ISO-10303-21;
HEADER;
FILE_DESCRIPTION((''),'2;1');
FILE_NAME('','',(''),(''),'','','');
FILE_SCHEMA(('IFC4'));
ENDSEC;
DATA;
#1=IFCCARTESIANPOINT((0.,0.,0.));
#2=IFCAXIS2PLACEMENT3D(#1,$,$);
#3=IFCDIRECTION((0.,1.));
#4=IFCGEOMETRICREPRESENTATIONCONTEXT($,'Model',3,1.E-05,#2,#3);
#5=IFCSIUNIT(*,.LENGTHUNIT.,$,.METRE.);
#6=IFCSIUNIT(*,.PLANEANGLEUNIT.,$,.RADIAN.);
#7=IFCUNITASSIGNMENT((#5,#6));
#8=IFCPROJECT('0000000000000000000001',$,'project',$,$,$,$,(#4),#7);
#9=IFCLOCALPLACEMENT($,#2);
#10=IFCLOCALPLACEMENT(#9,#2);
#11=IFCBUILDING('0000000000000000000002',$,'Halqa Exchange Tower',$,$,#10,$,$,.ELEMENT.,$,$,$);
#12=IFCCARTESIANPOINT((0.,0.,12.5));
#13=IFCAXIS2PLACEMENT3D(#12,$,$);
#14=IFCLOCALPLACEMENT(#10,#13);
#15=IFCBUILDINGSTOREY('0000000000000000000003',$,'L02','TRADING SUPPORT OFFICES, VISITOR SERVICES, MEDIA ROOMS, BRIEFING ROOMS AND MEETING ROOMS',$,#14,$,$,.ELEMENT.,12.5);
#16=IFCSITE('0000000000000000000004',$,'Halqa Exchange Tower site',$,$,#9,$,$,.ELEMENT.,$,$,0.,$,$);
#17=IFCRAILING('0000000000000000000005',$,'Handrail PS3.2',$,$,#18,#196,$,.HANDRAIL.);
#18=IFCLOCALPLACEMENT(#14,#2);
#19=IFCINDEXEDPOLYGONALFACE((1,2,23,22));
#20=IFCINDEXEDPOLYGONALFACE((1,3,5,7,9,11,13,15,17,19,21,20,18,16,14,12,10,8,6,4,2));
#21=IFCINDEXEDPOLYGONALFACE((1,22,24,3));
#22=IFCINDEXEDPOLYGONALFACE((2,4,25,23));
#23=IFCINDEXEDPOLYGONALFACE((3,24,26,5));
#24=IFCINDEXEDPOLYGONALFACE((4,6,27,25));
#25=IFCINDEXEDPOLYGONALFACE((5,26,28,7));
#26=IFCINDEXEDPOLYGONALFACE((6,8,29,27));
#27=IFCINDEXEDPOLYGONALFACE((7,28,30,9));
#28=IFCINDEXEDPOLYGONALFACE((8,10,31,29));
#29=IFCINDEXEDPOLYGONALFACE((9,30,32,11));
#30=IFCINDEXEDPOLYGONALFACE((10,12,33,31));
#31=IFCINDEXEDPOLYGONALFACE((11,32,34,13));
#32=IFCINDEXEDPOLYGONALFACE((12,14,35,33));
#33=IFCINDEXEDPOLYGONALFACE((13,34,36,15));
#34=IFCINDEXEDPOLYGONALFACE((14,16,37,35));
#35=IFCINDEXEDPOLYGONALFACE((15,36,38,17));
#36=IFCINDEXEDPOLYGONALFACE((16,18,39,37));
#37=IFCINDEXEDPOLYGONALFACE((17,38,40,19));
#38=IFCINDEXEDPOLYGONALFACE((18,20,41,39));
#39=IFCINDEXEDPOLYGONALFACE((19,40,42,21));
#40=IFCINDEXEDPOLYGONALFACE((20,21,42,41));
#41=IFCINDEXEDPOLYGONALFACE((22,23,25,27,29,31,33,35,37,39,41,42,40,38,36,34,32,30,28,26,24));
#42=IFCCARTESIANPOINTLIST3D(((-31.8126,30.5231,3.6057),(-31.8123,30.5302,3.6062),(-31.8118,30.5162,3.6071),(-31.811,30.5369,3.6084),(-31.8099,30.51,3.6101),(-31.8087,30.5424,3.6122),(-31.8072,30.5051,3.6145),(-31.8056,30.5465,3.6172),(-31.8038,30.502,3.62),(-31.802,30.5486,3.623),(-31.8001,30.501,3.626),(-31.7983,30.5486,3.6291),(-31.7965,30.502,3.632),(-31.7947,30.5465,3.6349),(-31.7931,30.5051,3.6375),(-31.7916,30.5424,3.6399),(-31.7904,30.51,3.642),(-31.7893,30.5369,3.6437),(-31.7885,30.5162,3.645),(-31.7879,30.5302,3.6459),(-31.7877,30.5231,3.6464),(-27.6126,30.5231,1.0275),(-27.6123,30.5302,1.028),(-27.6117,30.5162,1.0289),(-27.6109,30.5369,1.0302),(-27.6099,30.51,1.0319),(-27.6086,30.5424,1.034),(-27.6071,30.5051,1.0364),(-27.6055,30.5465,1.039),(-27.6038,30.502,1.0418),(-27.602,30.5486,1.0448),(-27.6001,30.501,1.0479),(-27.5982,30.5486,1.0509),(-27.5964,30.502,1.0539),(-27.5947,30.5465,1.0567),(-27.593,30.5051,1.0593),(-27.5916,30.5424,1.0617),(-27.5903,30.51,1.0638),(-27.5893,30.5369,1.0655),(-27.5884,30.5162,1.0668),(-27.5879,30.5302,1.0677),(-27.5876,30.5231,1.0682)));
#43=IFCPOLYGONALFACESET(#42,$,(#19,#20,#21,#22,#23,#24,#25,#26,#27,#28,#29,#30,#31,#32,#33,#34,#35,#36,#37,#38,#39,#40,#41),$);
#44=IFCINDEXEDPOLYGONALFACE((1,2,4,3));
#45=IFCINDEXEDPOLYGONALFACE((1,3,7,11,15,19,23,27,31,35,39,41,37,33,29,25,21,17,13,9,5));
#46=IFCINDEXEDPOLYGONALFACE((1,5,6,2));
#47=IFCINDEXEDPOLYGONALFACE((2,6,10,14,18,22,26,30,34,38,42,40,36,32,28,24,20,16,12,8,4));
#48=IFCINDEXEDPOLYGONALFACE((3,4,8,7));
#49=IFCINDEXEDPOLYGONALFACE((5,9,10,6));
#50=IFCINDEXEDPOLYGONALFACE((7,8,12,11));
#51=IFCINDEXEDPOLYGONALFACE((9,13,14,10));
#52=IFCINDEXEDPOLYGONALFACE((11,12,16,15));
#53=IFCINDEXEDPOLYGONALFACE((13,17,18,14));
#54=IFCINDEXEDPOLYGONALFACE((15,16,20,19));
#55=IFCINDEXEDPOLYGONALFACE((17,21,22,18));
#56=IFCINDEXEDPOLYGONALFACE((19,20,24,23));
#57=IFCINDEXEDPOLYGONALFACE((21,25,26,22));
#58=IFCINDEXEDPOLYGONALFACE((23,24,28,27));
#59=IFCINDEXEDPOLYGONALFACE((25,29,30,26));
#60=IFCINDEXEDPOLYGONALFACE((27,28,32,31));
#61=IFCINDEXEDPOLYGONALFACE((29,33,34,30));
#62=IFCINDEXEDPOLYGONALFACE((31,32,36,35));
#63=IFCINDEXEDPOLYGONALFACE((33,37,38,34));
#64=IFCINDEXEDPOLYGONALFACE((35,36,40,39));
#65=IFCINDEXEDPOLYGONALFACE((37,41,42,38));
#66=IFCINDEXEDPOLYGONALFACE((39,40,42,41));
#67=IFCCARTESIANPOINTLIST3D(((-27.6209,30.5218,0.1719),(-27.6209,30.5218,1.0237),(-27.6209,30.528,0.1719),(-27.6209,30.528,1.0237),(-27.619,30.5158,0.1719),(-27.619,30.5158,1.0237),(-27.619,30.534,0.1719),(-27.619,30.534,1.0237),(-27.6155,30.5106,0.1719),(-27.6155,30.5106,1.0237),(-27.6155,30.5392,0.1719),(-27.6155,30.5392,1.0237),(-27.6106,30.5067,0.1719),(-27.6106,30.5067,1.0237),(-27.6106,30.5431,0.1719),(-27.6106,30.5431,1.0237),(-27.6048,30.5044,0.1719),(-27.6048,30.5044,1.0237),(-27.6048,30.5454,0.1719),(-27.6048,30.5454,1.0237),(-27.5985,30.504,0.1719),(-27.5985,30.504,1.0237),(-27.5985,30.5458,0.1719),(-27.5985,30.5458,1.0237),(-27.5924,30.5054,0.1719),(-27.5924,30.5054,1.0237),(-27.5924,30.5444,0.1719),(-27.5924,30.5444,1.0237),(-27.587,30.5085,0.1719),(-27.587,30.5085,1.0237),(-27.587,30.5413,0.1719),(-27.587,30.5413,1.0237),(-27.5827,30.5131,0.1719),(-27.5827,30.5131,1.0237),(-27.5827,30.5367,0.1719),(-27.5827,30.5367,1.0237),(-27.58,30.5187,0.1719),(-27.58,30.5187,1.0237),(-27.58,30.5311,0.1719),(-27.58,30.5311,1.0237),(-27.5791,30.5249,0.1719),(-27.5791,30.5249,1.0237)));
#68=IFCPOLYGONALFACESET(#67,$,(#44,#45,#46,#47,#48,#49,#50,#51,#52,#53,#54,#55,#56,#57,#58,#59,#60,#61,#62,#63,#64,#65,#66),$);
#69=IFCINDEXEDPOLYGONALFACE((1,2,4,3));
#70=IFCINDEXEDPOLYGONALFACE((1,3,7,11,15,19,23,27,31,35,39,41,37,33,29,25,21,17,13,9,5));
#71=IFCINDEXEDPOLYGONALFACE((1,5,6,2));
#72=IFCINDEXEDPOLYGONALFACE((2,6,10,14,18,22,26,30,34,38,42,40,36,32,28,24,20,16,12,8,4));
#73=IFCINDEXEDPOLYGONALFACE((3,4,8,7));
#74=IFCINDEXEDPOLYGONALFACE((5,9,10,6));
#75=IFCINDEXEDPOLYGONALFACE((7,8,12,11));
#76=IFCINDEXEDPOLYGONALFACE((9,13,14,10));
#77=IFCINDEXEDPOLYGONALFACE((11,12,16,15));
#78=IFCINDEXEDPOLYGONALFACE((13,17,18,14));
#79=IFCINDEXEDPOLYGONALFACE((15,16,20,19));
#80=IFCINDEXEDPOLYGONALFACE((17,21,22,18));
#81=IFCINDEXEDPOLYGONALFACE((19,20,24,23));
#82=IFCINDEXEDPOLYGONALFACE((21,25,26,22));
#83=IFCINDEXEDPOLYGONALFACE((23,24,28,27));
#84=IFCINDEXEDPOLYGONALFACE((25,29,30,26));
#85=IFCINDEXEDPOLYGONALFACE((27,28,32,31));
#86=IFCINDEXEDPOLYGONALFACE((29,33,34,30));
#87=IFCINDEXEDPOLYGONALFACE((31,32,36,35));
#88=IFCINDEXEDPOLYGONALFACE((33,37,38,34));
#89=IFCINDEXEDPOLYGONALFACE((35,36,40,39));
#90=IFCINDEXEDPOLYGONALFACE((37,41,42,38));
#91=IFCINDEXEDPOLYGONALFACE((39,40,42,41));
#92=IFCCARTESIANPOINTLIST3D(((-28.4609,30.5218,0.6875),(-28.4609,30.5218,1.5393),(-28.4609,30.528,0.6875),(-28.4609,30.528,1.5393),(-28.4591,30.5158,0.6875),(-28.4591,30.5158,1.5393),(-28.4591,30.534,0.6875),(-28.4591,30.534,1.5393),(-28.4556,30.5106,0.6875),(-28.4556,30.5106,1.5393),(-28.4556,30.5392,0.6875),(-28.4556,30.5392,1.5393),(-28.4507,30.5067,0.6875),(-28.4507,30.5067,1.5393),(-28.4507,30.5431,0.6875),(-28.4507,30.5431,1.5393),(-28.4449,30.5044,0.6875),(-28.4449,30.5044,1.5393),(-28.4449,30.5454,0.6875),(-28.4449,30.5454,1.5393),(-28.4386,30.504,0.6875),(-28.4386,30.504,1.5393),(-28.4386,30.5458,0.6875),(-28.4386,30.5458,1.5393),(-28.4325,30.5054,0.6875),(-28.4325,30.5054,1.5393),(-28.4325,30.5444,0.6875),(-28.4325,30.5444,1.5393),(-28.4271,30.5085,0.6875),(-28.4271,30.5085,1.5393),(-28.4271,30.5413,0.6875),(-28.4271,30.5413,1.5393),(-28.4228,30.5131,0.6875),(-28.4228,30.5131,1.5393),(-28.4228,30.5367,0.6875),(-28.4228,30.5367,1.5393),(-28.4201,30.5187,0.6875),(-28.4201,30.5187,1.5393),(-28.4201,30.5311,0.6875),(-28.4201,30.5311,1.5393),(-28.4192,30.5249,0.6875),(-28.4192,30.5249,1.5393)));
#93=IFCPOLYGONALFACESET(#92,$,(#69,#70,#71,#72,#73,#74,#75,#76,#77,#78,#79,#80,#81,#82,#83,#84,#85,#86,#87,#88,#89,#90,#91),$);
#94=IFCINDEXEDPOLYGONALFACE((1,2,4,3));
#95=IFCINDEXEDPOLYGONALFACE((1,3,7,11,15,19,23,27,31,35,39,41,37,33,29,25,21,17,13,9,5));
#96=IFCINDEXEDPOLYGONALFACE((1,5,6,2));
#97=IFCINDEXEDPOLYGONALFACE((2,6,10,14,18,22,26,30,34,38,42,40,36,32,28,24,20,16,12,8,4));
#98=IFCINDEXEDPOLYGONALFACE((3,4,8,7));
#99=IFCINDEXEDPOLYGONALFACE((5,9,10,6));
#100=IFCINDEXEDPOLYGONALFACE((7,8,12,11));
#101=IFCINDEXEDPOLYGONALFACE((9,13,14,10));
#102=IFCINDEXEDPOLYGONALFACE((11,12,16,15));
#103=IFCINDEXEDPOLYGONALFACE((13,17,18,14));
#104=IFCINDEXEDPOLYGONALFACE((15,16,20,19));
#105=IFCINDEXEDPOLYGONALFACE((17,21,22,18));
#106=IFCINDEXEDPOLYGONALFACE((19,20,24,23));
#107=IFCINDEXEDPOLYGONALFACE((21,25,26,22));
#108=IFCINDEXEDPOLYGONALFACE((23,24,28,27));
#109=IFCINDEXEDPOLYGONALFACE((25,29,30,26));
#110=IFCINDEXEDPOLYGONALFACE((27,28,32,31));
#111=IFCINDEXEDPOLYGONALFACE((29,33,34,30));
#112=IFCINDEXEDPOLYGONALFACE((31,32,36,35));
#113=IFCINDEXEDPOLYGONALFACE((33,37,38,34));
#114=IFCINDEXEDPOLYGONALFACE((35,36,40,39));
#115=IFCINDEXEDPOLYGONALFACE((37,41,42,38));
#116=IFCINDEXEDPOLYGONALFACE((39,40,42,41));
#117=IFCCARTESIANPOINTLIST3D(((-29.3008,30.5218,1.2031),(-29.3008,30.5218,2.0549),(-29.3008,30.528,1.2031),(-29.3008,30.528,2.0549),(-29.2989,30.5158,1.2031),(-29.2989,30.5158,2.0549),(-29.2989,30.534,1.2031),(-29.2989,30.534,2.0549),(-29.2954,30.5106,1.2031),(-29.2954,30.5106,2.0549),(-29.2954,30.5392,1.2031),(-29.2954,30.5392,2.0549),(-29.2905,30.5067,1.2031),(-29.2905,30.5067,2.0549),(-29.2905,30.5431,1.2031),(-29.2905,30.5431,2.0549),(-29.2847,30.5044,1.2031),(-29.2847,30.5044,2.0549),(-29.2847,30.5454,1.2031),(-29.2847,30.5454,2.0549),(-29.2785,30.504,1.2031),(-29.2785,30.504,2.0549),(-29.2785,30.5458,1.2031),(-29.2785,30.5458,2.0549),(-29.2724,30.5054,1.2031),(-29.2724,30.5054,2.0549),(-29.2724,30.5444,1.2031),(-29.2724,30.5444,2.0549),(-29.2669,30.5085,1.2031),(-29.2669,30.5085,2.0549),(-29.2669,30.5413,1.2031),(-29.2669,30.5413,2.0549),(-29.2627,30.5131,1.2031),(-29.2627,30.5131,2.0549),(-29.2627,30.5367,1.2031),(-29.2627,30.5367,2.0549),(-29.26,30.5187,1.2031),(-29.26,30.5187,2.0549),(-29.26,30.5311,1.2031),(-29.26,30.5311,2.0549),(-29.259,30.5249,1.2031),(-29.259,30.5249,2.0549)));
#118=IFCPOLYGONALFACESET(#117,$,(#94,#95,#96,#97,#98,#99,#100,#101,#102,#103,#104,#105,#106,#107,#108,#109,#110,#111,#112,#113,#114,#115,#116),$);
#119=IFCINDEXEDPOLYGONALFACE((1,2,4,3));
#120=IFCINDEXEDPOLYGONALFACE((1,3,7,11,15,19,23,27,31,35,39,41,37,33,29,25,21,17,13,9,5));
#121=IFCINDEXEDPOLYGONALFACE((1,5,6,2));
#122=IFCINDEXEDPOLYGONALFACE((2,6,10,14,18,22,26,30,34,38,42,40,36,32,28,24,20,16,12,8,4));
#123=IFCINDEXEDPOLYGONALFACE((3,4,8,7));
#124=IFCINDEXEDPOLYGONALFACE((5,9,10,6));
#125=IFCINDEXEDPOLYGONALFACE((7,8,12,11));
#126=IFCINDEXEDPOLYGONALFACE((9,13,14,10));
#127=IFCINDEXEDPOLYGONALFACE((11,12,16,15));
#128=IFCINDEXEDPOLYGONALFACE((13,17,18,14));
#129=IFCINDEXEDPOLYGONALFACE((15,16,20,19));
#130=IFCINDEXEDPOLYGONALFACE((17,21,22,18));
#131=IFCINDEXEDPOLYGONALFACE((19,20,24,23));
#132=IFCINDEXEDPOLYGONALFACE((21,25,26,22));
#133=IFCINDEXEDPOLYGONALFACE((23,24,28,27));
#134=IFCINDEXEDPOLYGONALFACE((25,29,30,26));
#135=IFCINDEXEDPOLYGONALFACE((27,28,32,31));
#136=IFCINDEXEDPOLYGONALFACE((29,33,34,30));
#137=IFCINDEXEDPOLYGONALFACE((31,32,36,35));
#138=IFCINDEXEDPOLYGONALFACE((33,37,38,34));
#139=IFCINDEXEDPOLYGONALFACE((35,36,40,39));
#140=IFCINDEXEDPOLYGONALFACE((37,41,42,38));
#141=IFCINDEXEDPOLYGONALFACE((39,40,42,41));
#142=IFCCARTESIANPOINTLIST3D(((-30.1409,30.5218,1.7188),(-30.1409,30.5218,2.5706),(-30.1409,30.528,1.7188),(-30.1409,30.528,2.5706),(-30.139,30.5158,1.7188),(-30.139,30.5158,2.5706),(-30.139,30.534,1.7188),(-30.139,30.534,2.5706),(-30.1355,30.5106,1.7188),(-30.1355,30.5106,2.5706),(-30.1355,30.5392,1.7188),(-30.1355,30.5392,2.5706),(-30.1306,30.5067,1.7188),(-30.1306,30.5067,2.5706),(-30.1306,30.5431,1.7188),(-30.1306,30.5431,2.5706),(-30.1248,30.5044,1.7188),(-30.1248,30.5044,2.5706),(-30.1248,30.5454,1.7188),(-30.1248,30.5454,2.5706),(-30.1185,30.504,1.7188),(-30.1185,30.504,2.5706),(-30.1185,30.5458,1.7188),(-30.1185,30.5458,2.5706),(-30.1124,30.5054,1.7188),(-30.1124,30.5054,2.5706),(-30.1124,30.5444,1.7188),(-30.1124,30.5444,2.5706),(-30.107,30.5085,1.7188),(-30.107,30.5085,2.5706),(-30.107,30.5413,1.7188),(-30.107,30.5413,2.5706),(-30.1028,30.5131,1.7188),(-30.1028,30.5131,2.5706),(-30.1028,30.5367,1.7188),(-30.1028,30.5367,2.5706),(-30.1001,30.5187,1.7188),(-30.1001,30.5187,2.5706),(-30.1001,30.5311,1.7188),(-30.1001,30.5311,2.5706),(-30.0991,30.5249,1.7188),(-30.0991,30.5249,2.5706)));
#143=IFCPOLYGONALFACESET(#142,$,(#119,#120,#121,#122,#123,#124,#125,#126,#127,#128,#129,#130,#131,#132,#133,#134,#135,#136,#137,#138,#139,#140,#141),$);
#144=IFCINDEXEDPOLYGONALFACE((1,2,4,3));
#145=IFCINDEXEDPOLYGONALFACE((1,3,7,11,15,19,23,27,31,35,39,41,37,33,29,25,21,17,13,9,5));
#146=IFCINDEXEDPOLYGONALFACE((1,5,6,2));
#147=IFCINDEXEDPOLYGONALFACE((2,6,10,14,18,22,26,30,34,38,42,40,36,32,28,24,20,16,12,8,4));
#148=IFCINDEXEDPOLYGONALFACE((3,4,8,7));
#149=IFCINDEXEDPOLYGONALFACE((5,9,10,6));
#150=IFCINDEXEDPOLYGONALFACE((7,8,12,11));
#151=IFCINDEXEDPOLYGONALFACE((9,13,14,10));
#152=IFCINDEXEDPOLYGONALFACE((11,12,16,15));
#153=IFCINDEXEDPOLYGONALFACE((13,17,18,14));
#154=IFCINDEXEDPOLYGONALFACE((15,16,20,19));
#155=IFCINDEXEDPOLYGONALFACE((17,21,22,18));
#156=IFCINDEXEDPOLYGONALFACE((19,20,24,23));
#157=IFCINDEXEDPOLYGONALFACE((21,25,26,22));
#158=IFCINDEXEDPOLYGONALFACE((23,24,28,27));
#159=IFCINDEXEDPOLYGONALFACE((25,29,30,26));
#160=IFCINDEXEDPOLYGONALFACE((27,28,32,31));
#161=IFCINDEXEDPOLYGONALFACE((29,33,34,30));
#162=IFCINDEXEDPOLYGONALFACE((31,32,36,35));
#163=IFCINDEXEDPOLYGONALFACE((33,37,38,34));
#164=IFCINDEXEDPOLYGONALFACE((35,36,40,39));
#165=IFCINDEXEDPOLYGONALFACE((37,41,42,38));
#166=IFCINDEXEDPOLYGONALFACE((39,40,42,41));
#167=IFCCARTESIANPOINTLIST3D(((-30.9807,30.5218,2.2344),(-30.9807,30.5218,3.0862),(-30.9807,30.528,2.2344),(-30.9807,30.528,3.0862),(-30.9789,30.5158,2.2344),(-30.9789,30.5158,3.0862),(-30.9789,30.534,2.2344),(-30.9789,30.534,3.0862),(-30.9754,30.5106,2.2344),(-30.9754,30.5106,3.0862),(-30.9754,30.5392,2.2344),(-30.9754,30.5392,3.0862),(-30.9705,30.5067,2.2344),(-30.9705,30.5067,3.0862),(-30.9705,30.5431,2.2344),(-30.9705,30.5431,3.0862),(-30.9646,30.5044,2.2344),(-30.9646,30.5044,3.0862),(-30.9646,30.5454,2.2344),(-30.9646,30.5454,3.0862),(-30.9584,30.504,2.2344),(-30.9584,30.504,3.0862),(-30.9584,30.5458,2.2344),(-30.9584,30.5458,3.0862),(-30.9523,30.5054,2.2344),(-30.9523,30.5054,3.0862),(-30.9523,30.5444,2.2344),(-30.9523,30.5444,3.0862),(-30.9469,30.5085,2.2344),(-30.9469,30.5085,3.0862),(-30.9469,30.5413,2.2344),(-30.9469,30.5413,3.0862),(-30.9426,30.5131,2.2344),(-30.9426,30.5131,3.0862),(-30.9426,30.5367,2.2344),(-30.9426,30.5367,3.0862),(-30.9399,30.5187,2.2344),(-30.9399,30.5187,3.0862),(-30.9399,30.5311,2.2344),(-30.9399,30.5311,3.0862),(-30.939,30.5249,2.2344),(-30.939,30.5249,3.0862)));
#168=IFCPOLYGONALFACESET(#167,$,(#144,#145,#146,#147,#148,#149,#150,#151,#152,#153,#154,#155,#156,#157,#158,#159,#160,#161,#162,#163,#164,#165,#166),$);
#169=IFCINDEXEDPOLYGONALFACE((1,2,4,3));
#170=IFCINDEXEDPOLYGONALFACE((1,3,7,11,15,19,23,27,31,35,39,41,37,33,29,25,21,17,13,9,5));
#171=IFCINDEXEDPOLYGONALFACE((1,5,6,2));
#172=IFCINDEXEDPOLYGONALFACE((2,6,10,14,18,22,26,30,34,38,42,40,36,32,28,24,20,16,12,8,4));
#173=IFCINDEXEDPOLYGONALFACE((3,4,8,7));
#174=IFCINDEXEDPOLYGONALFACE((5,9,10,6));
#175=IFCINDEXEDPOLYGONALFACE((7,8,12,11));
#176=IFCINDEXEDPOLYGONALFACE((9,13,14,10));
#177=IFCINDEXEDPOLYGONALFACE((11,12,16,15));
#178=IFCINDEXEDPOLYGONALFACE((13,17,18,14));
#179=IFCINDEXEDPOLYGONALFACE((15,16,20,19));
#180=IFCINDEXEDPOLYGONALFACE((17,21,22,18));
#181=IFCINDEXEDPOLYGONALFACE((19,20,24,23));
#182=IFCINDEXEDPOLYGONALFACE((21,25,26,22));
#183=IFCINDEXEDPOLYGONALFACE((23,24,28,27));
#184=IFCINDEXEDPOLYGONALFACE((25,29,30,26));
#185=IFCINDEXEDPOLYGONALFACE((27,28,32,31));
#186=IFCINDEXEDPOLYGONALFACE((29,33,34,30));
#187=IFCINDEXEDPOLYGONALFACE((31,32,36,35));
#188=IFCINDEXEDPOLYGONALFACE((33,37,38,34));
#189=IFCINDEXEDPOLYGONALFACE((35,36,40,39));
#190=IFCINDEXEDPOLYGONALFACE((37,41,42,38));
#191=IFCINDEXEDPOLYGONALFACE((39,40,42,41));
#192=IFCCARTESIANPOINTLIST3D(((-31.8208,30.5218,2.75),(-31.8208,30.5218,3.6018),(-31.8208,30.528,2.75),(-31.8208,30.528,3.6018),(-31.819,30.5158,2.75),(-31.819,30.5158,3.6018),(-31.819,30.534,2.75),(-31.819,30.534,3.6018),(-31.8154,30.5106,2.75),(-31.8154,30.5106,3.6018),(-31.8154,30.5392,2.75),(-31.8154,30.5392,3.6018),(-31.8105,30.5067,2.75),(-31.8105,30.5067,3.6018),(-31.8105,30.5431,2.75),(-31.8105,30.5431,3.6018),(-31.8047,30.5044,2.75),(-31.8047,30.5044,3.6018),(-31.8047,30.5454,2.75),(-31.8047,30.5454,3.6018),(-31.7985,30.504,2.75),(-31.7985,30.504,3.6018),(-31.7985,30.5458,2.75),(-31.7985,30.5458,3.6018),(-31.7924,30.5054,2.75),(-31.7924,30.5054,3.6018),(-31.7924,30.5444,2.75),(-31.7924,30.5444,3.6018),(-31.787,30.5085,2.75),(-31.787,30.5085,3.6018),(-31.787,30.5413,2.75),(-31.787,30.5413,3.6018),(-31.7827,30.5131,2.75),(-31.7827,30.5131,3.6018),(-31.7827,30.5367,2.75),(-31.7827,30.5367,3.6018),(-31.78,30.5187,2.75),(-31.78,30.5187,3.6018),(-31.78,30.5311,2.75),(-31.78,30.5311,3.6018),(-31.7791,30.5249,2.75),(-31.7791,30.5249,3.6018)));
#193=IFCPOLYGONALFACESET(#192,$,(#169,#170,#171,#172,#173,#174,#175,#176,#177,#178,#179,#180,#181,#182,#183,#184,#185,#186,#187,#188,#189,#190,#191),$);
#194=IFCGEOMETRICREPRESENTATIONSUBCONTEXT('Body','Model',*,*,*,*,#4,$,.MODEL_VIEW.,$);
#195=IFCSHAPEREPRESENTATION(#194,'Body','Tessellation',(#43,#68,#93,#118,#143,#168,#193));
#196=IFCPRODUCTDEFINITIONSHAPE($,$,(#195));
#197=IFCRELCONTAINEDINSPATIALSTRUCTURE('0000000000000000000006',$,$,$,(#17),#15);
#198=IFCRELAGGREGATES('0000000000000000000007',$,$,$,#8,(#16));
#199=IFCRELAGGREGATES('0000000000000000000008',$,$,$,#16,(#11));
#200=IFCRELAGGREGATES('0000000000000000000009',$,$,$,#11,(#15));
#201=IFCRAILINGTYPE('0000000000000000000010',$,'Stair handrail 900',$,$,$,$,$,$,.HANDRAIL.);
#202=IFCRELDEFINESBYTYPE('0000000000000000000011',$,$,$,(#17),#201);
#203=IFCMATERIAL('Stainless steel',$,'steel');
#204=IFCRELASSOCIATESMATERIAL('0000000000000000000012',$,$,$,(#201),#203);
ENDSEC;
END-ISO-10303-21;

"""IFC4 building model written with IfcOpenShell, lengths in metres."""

from ifc_helpers import new_model, si_unit, direction, frame, origin, origin_2d, place, context, subcontext, project, spatial, circle, extrude, material, type_object, element, save


model = new_model("IFC4")

# Units and contexts
model_context = context("Model", 3, precision=1e-05, world=origin(), true_north=direction((0.0, 1.0)))
body_context = subcontext(model_context, "Body", "Model", "MODEL_VIEW")
ifc_project = project(units=[si_unit("LENGTHUNIT", "METRE"), si_unit("PLANEANGLEUNIT", "RADIAN")], contexts=[model_context])

# Site, building, storey
site_placement = place(None, origin())
site = spatial("IfcSite", under=ifc_project, at=site_placement, Name="Halqa Exchange Tower site", CompositionType="ELEMENT", RefElevation=0.0)
building_placement = place(site_placement, origin())
building = spatial("IfcBuilding", under=site, at=building_placement, Name="Halqa Exchange Tower", CompositionType="ELEMENT")
storey_placement = place(building_placement, frame((0.0, 0.0, 12.5)))
storey = spatial("IfcBuildingStorey", under=building, at=storey_placement, Name="L02", Description="TRADING SUPPORT OFFICES, VISITOR SERVICES, MEDIA ROOMS, BRIEFING ROOMS AND MEETING ROOMS", CompositionType="ELEMENT", Elevation=12.5)

# Railing
ifc_material_1 = material(Name="Stainless steel", Category="steel")
railing_type = type_object("IfcRailingType", Name="Stair handrail 900", PredefinedType="HANDRAIL", material=ifc_material_1)
railing_1_placement = place(storey_placement, frame((-27.6001, 30.5249, 0.1719)))
element("IfcRailing", 1, at=railing_1_placement, inside=storey, type_object=railing_type, Name="Handrail PS3.2", PredefinedType="HANDRAIL", context=body_context, shape_type="SweptSolid", body=[
    extrude(circle(Radius=0.0239, at=origin_2d()), frame((0.0, 0.0, 0.876), z_axis=(-0.852243, 0.0, 0.523146), x_axis=(0.0, -1.0, 0.0)), (0.0, 0.0, 1.0), 4.9282),
    extrude(circle(Radius=0.021, at=origin_2d()), origin(), (0.0, 0.0, 1.0), 0.8518),
    extrude(circle(Radius=0.021, at=origin_2d()), frame((-0.8401, 0.0, 0.5156)), (0.0, 0.0, 1.0), 0.8518),
    extrude(circle(Radius=0.021, at=origin_2d()), frame((-1.6799, 0.0, 1.0312)), (0.0, 0.0, 1.0), 0.8518),
    extrude(circle(Radius=0.021, at=origin_2d()), frame((-2.52, 0.0, 1.5469)), (0.0, 0.0, 1.0), 0.8518),
    extrude(circle(Radius=0.021, at=origin_2d()), frame((-3.3599, 0.0, 2.0625)), (0.0, 0.0, 1.0), 0.8518),
    extrude(circle(Radius=0.021, at=origin_2d()), frame((-4.2, 0.0, 2.5781)), (0.0, 0.0, 1.0), 0.8518),
])

save(model, "model.ifc")
